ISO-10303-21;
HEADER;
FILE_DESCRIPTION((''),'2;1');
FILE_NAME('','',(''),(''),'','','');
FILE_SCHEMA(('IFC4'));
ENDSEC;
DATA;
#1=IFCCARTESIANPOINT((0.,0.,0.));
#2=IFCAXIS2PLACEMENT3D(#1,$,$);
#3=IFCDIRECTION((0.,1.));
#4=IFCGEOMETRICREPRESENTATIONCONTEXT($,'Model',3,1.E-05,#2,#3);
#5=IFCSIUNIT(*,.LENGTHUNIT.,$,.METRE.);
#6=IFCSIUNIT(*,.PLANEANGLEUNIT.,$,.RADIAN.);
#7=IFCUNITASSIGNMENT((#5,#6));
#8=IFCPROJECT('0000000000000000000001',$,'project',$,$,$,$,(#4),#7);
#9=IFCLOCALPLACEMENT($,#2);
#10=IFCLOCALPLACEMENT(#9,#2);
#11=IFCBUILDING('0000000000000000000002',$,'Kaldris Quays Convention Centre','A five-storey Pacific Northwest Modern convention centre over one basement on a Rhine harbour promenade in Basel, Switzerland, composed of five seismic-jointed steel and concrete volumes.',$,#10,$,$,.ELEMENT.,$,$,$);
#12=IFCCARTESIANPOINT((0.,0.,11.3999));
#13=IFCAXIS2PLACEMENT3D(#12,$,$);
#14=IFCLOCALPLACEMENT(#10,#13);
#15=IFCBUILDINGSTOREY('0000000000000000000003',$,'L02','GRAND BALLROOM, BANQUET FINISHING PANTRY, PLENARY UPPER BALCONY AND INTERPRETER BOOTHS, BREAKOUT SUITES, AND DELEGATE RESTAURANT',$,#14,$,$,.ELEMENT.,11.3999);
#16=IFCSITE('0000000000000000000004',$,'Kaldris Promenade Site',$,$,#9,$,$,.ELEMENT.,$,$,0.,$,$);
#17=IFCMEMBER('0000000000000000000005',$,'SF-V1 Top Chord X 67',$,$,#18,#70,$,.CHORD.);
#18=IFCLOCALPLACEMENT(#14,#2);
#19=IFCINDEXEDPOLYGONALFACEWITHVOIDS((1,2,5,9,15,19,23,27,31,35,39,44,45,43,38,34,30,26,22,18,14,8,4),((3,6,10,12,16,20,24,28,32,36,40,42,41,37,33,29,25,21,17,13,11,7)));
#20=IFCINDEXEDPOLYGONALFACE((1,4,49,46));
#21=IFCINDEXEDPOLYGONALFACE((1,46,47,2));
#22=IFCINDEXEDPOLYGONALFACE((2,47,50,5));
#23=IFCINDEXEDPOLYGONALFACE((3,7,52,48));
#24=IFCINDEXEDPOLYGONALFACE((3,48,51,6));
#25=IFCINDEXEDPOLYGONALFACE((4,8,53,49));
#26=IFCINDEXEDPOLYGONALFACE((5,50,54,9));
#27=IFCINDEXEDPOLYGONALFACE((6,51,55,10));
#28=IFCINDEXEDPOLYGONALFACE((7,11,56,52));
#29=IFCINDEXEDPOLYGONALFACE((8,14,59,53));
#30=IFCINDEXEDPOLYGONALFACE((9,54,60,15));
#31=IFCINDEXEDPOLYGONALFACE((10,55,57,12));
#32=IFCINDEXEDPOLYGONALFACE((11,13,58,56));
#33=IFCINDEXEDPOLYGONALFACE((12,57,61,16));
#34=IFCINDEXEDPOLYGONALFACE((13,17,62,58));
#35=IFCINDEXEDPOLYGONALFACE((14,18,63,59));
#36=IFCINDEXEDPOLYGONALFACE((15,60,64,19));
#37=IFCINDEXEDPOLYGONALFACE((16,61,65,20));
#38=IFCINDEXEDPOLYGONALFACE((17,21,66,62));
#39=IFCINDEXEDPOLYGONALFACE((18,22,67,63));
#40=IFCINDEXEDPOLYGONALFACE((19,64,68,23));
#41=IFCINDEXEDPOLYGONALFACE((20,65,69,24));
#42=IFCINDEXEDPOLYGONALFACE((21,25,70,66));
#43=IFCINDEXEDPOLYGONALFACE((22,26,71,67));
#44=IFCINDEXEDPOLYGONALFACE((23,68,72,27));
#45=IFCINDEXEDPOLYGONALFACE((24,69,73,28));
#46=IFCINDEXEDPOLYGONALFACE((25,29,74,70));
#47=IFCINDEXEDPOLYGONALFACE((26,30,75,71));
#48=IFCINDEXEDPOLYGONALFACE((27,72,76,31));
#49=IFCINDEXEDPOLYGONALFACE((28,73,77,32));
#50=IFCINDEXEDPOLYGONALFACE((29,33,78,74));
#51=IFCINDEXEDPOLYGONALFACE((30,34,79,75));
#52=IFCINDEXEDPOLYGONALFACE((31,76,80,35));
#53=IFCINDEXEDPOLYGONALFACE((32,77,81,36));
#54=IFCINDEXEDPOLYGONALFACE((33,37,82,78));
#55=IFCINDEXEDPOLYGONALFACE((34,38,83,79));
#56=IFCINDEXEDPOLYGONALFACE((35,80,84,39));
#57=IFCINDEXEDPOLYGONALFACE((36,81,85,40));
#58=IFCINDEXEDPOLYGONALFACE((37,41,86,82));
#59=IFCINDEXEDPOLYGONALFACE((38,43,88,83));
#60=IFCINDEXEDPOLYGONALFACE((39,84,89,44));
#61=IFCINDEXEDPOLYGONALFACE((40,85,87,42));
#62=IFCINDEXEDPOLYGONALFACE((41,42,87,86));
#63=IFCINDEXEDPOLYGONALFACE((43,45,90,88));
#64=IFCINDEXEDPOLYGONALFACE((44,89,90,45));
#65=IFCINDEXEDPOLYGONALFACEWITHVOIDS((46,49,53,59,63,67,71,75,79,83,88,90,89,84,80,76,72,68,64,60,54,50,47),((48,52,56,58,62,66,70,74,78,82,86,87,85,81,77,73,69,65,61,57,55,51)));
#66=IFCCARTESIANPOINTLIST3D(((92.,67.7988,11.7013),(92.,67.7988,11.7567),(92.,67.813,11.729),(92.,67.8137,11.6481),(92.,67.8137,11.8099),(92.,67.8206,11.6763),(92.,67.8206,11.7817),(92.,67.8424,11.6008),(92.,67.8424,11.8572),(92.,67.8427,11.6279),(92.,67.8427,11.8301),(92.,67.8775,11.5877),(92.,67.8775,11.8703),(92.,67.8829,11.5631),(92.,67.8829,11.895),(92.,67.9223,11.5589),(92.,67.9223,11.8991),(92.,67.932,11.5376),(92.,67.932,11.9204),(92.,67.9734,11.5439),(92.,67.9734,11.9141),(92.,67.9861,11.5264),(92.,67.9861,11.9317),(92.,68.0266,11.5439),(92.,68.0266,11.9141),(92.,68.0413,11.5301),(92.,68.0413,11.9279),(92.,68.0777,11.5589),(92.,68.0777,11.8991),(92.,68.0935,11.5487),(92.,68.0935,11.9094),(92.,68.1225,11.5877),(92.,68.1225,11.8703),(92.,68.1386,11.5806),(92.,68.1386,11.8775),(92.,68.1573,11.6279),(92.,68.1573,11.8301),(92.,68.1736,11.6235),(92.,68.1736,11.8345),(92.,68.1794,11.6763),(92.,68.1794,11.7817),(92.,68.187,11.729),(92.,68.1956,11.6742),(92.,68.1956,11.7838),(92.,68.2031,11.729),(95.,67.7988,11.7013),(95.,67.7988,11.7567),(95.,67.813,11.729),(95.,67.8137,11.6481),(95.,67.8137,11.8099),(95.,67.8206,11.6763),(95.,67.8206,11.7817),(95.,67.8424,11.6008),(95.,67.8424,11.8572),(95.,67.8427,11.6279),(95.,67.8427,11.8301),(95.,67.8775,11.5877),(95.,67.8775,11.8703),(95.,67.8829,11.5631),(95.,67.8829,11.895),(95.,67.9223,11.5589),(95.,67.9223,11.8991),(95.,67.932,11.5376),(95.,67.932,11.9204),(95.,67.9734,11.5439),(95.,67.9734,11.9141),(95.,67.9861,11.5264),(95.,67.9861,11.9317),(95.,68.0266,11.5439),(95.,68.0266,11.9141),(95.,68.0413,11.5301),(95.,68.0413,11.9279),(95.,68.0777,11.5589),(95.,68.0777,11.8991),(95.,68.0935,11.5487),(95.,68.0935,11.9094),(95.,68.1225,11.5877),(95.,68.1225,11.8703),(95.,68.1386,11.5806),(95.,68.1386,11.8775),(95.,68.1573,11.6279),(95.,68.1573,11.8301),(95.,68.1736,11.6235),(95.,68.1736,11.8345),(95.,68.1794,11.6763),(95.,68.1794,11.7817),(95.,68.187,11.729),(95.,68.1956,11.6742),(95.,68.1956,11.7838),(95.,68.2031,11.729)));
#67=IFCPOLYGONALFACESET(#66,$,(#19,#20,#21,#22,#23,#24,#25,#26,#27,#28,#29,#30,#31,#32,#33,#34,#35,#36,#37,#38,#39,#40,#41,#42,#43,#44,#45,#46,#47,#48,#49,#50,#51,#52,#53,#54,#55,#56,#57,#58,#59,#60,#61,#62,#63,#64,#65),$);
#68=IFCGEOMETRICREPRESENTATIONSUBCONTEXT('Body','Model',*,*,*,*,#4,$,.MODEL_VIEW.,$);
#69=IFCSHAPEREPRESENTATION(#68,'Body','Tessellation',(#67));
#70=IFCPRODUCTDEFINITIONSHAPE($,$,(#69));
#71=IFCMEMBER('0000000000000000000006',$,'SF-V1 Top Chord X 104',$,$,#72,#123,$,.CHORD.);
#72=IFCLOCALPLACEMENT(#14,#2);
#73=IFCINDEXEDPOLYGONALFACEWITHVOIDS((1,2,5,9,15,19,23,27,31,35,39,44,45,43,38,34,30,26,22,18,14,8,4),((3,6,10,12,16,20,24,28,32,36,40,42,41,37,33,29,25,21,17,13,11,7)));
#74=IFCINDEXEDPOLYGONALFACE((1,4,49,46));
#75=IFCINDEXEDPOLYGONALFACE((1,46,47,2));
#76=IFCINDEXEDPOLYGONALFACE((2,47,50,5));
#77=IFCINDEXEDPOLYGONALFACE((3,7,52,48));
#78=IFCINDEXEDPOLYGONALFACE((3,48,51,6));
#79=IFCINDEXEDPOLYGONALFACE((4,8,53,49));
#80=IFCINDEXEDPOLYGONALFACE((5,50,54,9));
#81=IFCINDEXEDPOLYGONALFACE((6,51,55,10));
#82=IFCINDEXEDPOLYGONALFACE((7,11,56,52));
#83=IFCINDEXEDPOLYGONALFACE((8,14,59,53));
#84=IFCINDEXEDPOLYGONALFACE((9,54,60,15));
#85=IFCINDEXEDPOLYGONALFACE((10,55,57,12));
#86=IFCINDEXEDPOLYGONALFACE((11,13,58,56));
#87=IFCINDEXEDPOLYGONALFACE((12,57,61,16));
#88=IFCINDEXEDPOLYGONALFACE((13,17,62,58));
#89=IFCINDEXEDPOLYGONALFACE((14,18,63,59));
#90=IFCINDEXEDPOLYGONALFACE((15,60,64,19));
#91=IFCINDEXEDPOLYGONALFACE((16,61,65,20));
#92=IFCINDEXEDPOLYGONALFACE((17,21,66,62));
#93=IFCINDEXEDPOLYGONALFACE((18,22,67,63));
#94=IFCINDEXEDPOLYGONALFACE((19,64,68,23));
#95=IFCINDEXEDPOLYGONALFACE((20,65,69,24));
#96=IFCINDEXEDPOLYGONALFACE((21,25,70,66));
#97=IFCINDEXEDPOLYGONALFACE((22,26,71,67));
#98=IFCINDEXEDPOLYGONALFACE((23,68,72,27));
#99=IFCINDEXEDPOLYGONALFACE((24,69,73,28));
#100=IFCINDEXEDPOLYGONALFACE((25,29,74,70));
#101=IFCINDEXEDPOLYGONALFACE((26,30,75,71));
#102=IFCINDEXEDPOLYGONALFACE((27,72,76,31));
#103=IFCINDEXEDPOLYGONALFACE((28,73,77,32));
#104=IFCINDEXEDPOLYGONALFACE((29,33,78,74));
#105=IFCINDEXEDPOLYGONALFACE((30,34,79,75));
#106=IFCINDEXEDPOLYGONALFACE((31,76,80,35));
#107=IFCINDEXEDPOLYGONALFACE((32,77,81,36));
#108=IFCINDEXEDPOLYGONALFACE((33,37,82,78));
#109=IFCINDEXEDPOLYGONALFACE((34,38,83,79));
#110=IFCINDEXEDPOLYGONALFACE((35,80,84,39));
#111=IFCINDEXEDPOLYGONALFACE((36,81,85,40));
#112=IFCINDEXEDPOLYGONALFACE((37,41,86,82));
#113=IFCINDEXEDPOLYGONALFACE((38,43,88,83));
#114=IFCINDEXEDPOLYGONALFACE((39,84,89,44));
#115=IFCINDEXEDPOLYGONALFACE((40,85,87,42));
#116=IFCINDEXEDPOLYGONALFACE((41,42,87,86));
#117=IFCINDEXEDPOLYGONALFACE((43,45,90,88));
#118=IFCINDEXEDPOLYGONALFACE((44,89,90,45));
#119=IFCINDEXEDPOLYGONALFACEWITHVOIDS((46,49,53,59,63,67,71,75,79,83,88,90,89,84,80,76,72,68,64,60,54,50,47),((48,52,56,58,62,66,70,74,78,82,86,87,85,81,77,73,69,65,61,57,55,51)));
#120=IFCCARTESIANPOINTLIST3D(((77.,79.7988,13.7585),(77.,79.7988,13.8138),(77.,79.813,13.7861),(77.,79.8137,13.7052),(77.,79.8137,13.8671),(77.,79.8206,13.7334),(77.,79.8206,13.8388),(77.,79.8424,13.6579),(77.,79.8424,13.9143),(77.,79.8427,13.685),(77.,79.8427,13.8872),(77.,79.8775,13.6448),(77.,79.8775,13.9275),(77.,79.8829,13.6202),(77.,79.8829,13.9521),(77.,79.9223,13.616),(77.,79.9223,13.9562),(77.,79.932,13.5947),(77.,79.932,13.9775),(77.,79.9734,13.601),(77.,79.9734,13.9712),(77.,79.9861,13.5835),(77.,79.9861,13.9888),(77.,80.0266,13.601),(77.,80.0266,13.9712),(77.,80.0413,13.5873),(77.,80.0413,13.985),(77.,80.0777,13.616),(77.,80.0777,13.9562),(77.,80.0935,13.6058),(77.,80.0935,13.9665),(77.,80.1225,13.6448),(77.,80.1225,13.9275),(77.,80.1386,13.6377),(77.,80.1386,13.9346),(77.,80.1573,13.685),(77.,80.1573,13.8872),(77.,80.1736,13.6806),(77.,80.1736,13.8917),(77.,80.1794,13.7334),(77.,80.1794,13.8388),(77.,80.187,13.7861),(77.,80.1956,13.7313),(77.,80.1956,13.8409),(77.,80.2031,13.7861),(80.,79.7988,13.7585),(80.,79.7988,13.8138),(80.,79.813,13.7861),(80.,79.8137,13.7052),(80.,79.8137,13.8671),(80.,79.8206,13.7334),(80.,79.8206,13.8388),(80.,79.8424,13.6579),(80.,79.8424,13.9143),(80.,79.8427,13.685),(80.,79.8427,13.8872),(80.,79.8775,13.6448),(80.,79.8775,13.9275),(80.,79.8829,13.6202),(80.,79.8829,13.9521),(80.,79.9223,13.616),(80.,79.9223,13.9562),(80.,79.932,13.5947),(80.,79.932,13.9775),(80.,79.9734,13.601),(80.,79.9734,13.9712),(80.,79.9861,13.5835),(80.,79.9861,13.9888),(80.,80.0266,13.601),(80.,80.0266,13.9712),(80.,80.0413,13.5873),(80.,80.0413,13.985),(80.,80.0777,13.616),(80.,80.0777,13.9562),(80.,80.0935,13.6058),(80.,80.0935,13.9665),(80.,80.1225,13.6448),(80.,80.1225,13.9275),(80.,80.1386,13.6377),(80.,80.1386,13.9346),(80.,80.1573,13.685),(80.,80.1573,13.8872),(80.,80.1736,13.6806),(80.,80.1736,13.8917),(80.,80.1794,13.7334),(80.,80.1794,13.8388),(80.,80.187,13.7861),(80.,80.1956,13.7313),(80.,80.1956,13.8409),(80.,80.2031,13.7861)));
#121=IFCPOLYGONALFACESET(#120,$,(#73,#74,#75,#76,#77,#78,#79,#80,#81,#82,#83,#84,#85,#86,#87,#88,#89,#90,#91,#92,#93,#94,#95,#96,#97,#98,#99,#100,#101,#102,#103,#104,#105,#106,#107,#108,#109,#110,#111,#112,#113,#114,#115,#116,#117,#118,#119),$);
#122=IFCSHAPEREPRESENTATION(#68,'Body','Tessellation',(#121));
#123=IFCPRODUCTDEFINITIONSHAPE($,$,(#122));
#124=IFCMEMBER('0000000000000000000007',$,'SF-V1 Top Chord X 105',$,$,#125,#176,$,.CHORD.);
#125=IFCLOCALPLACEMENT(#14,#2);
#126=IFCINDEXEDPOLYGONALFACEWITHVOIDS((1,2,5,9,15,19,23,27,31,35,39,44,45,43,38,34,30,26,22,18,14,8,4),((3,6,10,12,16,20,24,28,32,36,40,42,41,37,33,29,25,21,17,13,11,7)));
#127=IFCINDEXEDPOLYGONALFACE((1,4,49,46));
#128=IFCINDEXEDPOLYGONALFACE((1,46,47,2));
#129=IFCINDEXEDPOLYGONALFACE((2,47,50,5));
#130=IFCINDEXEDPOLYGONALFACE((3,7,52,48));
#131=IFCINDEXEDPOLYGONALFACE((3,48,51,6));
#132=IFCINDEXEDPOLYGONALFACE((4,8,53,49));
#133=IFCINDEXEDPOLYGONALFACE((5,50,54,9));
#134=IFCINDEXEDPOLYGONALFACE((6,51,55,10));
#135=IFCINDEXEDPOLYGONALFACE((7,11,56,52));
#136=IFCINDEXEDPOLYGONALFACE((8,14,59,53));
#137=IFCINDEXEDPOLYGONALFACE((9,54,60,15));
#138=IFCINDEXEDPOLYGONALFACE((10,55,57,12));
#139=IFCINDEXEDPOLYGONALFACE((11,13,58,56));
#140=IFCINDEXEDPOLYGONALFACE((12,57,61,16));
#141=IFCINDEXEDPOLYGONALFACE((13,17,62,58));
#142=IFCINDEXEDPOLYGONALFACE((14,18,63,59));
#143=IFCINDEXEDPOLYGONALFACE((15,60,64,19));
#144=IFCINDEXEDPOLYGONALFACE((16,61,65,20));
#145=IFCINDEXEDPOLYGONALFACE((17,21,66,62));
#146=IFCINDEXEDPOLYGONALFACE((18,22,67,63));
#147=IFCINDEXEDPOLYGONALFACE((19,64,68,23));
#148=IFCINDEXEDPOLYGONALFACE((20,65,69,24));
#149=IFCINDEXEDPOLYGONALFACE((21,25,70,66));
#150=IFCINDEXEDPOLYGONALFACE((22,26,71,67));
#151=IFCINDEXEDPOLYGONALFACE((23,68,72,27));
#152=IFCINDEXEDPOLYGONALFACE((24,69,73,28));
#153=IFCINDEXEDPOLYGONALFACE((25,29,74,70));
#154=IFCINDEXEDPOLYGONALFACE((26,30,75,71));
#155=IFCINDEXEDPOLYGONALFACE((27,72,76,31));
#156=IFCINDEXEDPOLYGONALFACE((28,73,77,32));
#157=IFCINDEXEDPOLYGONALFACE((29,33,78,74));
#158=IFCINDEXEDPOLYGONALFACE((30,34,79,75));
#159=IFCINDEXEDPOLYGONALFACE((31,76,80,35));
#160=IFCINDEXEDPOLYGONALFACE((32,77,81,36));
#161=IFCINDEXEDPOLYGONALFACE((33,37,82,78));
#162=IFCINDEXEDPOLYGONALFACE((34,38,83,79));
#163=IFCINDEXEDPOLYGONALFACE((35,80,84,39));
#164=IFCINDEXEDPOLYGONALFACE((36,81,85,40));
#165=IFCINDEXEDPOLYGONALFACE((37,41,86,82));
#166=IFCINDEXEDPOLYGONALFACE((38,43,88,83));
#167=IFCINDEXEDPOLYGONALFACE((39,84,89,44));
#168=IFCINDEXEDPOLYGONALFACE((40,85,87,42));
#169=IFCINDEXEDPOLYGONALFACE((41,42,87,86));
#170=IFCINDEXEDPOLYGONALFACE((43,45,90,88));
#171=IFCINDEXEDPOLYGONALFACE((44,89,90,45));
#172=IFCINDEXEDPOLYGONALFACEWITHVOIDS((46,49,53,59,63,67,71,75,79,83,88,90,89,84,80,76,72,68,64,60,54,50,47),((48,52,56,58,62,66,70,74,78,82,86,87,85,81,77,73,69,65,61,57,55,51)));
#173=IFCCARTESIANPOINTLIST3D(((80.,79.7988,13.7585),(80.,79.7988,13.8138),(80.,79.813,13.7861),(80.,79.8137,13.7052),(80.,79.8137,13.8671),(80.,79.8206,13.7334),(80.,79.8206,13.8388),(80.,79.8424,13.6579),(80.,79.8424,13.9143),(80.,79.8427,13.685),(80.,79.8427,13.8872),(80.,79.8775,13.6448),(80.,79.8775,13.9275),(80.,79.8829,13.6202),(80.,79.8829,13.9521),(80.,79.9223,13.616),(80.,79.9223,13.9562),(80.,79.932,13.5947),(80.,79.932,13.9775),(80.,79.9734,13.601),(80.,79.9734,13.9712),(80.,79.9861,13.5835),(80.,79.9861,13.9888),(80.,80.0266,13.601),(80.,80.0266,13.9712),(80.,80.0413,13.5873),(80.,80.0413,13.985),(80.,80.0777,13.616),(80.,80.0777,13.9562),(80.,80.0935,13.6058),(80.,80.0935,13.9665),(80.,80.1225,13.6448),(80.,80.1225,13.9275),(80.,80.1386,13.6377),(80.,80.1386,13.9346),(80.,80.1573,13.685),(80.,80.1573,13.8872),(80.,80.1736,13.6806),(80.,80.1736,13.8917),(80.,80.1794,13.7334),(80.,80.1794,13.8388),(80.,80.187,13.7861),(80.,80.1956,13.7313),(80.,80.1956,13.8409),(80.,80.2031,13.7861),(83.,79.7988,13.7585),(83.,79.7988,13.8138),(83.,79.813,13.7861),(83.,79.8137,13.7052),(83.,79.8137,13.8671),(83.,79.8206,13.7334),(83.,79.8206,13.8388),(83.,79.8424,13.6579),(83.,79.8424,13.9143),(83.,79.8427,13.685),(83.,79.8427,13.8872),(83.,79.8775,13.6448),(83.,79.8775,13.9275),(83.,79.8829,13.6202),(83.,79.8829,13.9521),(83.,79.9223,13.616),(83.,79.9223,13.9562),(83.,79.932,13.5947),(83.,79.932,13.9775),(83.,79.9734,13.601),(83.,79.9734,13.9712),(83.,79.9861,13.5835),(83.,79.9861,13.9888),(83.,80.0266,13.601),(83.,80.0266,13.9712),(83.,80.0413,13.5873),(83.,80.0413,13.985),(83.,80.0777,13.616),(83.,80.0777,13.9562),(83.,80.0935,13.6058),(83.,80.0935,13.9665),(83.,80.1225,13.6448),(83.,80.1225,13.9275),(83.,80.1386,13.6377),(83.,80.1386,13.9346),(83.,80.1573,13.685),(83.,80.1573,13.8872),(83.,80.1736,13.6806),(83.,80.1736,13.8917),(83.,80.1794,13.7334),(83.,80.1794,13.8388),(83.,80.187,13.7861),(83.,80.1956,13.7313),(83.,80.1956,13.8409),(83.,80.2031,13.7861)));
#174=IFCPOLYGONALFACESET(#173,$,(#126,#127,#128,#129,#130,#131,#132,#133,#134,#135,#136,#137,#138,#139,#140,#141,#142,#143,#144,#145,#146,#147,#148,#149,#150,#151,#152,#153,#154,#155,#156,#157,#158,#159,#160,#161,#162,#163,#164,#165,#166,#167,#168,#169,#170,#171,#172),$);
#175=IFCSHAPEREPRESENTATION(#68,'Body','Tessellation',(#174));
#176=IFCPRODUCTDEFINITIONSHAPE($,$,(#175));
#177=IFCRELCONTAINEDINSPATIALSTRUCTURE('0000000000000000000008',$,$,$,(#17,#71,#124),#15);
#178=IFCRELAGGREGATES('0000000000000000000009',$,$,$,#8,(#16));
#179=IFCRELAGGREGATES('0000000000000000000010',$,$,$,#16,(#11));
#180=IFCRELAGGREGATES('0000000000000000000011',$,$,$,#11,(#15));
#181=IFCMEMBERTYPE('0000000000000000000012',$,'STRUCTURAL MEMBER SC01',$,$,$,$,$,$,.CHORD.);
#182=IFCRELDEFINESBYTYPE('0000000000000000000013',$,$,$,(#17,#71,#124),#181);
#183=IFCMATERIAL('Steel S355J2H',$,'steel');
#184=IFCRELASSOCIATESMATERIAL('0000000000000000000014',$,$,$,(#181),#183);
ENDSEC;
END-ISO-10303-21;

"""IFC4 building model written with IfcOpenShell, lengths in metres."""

from ifc_helpers import new_model, si_unit, direction, frame, origin, origin_2d, place, context, subcontext, project, spatial, hollow_circle, extrude, material, material_profile, profile_set, type_object, element, save


model = new_model("IFC4")

# Units and contexts
model_context = context("Model", 3, precision=1e-05, world=origin(), true_north=direction((0.0, 1.0)))
body_context = subcontext(model_context, "Body", "Model", "MODEL_VIEW")
ifc_project = project(units=[si_unit("LENGTHUNIT", "METRE"), si_unit("PLANEANGLEUNIT", "RADIAN")], contexts=[model_context])

# Site, building, storey
site_placement = place(None, origin())
site = spatial("IfcSite", under=ifc_project, at=site_placement, Name="Kaldris Promenade Site", CompositionType="ELEMENT", RefElevation=0.0)
building_placement = place(site_placement, origin())
building = spatial("IfcBuilding", under=site, at=building_placement, Name="Kaldris Quays Convention Centre", Description="A five-storey Pacific Northwest Modern convention centre over one basement on a Rhine harbour promenade in Basel, Switzerland, composed of five seismic-jointed steel and concrete volumes.", CompositionType="ELEMENT")
storey_placement = place(building_placement, frame((0.0, 0.0, 11.3999)))
storey = spatial("IfcBuildingStorey", under=building, at=storey_placement, Name="L02", Description="GRAND BALLROOM, BANQUET FINISHING PANTRY, PLENARY UPPER BALCONY AND INTERPRETER BOOTHS, BREAKOUT SUITES, AND DELEGATE RESTAURANT", CompositionType="ELEMENT", Elevation=11.3999)

# Members
ifc_material = material(Name="Steel S355J2H", Category="steel")
ifc_material_profile_1 = material_profile(ifc_material, hollow_circle(Radius=0.2031, WallThickness=0.0161, at=origin_2d()), Name="CHS 406.4x16")
ifc_profile_set_1 = profile_set([ifc_material_profile_1], Name="Steel S355J2H")
member_type_1 = type_object("IfcMemberType", Name="STRUCTURAL MEMBER SC01", PredefinedType="CHORD", material=ifc_profile_set_1)
for number, where, z_axis, x_axis, name in (
    (1, (92.0, 68.0, 11.729), (1.0, 0.0, 0.0), (0.0, 1.0, 0.0), "SF-V1 Top Chord X 67"),
    (2, (77.0, 80.0, 13.7861), (1.0, 0.0, 0.0), (0.0, 1.0, 0.0), "SF-V1 Top Chord X 104"),
    (3, (80.0, 80.0, 13.7861), (1.0, 0.0, 0.0), (0.0, 1.0, 0.0), "SF-V1 Top Chord X 105"),
):
    element("IfcMember", number, at=place(storey_placement, frame(where, z_axis=z_axis, x_axis=x_axis)), inside=storey, type_object=member_type_1, Name=name, PredefinedType="CHORD", context=body_context, shape_type="SweptSolid", body=[
        extrude(hollow_circle(Radius=0.2031, WallThickness=0.0161, at=origin_2d()), origin(), (0.0, 0.0, 1.0), 3.0),
    ])

save(model, "model.ifc")
